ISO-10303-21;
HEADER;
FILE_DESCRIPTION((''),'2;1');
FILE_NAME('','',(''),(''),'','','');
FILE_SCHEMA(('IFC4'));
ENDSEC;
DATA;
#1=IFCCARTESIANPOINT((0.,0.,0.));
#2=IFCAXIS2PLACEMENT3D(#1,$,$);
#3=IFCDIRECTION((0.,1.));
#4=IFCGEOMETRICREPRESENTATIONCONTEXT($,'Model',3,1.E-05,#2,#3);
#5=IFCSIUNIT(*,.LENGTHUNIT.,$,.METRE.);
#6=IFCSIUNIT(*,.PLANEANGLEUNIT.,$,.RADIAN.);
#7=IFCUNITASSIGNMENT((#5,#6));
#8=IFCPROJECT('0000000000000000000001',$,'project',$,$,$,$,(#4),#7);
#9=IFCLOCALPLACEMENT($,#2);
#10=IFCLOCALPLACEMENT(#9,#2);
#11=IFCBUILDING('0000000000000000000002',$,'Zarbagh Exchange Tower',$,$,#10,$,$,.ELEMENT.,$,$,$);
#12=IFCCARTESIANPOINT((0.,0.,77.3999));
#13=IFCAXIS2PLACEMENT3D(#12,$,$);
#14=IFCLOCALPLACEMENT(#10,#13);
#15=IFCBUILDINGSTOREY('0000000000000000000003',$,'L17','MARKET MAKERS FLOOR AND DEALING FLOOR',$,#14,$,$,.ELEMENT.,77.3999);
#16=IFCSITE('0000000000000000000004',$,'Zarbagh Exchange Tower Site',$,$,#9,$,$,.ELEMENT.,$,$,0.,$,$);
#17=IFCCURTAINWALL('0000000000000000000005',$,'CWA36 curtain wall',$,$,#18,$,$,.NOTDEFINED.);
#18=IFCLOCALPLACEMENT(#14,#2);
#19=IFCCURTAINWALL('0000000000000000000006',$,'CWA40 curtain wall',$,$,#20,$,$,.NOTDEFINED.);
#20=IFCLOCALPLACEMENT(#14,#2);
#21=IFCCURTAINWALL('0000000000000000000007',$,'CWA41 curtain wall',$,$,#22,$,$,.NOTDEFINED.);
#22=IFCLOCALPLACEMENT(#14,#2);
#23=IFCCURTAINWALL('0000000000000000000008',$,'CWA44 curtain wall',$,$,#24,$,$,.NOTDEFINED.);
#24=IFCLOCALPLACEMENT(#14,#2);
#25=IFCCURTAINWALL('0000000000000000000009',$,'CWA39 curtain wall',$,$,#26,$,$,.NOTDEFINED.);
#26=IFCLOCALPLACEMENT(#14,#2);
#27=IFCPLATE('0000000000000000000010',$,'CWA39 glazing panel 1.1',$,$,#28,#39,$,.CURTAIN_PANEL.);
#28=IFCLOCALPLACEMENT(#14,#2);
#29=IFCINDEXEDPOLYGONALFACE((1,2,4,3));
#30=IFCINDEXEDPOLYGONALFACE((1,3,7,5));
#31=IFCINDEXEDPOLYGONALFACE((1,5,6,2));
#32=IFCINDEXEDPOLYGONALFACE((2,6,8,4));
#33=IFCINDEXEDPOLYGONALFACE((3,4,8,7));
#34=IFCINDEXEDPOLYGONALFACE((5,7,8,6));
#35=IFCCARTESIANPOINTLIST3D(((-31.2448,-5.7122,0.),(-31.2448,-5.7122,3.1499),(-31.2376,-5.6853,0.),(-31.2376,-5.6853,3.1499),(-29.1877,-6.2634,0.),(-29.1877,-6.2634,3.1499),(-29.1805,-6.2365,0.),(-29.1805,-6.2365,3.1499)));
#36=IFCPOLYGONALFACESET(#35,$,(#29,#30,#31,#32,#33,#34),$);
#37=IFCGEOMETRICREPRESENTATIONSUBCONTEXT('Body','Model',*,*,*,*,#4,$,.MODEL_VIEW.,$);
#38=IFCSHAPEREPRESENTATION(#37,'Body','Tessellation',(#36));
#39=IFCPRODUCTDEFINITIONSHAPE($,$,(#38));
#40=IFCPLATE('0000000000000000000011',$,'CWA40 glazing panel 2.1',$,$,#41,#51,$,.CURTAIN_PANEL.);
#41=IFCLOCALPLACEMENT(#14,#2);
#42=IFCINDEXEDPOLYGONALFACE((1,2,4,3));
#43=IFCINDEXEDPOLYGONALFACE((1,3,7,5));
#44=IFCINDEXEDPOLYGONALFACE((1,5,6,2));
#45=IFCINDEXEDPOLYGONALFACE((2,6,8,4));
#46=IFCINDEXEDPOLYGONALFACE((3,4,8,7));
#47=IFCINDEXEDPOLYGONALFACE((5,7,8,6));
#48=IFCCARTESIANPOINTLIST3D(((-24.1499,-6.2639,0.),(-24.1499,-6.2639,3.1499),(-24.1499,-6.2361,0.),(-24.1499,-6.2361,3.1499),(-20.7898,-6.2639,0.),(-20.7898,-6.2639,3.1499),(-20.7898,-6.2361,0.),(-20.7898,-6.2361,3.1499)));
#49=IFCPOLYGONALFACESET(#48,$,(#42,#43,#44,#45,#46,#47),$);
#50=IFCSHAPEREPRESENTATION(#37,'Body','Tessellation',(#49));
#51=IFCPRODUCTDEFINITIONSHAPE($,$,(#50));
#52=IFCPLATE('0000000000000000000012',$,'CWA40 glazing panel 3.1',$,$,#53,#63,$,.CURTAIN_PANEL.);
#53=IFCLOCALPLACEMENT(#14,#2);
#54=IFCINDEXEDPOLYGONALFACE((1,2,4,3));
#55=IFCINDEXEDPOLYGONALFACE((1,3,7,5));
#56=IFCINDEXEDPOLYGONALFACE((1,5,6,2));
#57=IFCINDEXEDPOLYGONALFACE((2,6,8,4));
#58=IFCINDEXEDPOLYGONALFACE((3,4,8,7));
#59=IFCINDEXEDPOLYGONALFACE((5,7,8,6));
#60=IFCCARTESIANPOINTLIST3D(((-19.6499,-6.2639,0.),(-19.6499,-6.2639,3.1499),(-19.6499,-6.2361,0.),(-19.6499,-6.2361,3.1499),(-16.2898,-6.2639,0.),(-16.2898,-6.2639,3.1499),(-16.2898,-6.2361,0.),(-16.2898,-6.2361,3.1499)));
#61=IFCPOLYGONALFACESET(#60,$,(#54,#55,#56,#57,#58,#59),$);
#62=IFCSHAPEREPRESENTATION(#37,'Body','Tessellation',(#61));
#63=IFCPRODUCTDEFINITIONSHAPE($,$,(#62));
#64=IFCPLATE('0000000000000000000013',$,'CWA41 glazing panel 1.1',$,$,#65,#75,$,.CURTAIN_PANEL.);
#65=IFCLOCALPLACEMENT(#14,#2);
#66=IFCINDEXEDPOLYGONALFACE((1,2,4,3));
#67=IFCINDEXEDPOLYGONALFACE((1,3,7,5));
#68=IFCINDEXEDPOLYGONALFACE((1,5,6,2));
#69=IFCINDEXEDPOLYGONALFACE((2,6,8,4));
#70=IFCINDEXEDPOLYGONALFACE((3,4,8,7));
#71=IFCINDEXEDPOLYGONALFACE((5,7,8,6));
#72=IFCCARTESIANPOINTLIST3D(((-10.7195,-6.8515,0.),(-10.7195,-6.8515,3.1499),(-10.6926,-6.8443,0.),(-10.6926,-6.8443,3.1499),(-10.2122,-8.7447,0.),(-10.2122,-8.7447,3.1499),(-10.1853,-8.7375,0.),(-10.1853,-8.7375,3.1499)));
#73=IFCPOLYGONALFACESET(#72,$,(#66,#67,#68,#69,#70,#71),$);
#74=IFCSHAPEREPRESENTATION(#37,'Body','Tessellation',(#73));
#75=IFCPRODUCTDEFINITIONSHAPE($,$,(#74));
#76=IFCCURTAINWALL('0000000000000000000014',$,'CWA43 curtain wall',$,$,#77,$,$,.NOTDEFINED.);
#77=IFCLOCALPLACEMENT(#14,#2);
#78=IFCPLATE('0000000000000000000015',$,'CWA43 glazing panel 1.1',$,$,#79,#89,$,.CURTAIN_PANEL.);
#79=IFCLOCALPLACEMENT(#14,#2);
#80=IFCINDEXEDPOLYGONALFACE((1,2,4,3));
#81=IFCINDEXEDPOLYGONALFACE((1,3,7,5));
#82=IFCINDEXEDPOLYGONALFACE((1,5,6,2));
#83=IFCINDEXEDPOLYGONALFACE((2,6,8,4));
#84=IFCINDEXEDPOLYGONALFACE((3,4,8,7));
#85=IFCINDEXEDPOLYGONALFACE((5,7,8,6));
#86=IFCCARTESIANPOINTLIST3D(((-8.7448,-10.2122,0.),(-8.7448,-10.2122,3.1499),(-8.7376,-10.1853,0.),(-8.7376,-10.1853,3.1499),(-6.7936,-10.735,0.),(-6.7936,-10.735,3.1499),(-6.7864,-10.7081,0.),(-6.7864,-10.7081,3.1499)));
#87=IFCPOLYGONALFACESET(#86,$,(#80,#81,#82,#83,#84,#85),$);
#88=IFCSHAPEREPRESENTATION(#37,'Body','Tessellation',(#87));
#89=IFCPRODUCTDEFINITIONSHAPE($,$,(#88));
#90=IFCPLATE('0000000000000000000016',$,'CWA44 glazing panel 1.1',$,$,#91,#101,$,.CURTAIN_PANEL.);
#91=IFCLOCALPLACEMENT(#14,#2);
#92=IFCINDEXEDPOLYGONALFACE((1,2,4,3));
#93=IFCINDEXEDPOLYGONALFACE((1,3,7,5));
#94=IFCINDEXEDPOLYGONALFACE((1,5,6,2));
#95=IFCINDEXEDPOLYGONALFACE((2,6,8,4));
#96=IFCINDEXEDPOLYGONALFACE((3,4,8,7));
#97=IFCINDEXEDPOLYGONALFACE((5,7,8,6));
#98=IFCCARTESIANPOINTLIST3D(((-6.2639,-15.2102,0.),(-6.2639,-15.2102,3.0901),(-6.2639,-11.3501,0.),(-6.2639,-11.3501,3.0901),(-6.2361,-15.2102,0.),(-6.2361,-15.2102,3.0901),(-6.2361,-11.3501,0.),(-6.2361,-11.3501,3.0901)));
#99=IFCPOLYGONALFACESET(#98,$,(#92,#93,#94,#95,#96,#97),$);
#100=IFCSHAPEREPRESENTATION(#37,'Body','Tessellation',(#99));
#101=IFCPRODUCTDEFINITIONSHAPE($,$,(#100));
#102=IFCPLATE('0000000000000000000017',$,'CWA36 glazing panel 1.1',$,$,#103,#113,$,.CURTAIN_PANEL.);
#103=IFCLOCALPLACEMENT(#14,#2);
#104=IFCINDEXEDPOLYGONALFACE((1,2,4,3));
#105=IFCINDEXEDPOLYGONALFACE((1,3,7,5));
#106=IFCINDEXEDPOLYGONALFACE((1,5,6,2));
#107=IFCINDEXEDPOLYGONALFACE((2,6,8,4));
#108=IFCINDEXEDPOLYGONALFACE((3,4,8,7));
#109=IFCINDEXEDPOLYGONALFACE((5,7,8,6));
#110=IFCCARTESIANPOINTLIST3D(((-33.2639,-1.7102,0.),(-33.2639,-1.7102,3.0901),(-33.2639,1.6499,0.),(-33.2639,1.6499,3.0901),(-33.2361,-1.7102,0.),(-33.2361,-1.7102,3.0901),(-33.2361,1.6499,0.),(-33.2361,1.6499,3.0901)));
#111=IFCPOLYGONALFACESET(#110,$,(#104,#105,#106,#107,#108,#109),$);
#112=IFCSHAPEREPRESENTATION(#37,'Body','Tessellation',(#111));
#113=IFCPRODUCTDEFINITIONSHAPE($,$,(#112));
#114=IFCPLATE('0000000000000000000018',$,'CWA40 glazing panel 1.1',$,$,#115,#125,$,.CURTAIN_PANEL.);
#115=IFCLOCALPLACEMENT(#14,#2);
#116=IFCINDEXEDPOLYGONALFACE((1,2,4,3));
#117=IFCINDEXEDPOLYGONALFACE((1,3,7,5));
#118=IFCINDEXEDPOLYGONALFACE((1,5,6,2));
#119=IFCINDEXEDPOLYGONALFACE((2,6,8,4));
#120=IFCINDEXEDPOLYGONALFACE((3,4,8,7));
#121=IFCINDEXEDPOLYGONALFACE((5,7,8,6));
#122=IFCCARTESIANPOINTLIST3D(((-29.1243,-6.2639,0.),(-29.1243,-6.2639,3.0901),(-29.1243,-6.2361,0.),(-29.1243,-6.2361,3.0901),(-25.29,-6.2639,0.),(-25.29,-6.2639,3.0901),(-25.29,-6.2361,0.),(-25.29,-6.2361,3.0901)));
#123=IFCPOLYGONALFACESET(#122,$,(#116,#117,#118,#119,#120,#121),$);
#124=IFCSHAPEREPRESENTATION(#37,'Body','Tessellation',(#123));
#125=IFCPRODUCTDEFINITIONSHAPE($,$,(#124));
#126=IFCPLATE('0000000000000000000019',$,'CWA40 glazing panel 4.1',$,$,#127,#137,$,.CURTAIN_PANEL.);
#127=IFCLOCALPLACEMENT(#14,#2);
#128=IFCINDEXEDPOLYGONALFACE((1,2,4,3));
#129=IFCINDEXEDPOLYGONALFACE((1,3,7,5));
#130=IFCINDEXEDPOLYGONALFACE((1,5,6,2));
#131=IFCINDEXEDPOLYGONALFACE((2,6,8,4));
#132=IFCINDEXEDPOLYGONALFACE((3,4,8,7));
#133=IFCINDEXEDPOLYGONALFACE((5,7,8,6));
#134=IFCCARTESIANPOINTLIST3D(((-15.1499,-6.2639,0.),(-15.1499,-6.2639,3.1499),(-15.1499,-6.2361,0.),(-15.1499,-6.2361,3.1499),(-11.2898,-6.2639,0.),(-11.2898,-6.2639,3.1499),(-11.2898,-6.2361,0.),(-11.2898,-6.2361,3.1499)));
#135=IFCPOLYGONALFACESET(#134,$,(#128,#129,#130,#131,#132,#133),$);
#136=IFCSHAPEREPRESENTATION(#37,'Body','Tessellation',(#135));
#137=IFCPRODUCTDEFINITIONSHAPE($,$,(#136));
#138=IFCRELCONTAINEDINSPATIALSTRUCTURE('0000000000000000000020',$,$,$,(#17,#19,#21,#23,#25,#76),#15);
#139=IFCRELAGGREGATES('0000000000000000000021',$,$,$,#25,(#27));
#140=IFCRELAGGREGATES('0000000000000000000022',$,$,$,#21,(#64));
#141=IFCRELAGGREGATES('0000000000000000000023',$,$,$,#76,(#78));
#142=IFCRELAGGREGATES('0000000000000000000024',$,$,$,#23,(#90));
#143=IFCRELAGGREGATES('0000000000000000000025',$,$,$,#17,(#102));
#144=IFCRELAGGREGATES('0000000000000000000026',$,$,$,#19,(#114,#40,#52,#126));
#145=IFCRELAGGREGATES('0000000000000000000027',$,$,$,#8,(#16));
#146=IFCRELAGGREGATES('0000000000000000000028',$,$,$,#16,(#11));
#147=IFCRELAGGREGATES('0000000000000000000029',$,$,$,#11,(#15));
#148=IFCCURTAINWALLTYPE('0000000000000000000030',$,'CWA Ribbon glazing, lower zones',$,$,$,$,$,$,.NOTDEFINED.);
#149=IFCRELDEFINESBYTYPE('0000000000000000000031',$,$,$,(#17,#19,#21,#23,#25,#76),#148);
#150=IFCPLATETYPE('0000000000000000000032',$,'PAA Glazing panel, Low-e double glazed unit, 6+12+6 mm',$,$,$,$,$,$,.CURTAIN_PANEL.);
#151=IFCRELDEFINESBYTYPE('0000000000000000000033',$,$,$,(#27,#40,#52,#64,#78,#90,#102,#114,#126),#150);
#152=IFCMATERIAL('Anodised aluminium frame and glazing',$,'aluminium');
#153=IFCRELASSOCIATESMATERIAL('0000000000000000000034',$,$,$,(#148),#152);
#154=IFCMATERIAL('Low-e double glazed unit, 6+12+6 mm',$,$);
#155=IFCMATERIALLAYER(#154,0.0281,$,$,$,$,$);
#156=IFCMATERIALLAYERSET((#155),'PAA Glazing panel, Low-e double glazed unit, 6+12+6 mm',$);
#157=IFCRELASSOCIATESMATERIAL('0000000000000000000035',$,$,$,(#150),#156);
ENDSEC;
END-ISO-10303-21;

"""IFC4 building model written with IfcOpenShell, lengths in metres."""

from ifc_helpers import new_model, si_unit, direction, frame, origin, place, context, subcontext, project, spatial, polyline, outline, extrude, source, transform, mapped, material, layer, layer_set, type_object, element, aggregate, save


model = new_model("IFC4")

# Units and contexts
model_context = context("Model", 3, precision=1e-05, world=origin(), true_north=direction((0.0, 1.0)))
body_context = subcontext(model_context, "Body", "Model", "MODEL_VIEW")
ifc_project = project(units=[si_unit("LENGTHUNIT", "METRE"), si_unit("PLANEANGLEUNIT", "RADIAN")], contexts=[model_context])

# Site, building, storey
site_placement = place(None, origin())
site = spatial("IfcSite", under=ifc_project, at=site_placement, Name="Zarbagh Exchange Tower Site", CompositionType="ELEMENT", RefElevation=0.0)
building_placement = place(site_placement, origin())
building = spatial("IfcBuilding", under=site, at=building_placement, Name="Zarbagh Exchange Tower", CompositionType="ELEMENT")
storey_placement = place(building_placement, frame((0.0, 0.0, 77.3999)))
storey = spatial("IfcBuildingStorey", under=building, at=storey_placement, Name="L17", Description="MARKET MAKERS FLOOR AND DEALING FLOOR", CompositionType="ELEMENT", Elevation=77.3999)

# Curtain wall
ifc_material_1 = material(Name="Anodised aluminium frame and glazing", Category="aluminium")
curtain_wall_type = type_object("IfcCurtainWallType", Name="CWA Ribbon glazing, lower zones", PredefinedType="NOTDEFINED", material=ifc_material_1)
curtain_wall_1_placement = place(storey_placement, origin())
curtain_wall_1 = element("IfcCurtainWall", 1, at=curtain_wall_1_placement, inside=storey, type_object=curtain_wall_type, Name="CWA36 curtain wall", PredefinedType="NOTDEFINED")
placement = place(storey_placement, origin())

# Curtain wall
curtain_wall_2_placement = place(storey_placement, origin())
curtain_wall_2 = element("IfcCurtainWall", 2, at=curtain_wall_2_placement, inside=storey, type_object=curtain_wall_type, Name="CWA40 curtain wall", PredefinedType="NOTDEFINED")

# Curtain wall
curtain_wall_3_placement = place(storey_placement, origin())
curtain_wall_3 = element("IfcCurtainWall", 3, at=curtain_wall_3_placement, inside=storey, type_object=curtain_wall_type, Name="CWA41 curtain wall", PredefinedType="NOTDEFINED")

# Curtain wall
curtain_wall_4_placement = place(storey_placement, origin())
curtain_wall_4 = element("IfcCurtainWall", 4, at=curtain_wall_4_placement, inside=storey, type_object=curtain_wall_type, Name="CWA44 curtain wall", PredefinedType="NOTDEFINED")

# Shared definitions
ifc_material_2 = material(Name="Low-e double glazed unit, 6+12+6 mm")
ifc_layer = layer(ifc_material_2, 0.0281)
ifc_layer_set = layer_set([ifc_layer], Name="PAA Glazing panel, Low-e double glazed unit, 6+12+6 mm")
plate_type = type_object("IfcPlateType", Name="PAA Glazing panel, Low-e double glazed unit, 6+12+6 mm", PredefinedType="CURTAIN_PANEL", material=ifc_layer_set)

# Curtain wall, plate
curtain_wall_5_placement = place(storey_placement, origin())
curtain_wall_5 = element("IfcCurtainWall", 5, at=curtain_wall_5_placement, inside=storey, type_object=curtain_wall_type, Name="CWA39 curtain wall", PredefinedType="NOTDEFINED")
shared_shape_1 = source(origin(), body_context, "Body", "SweptSolid", [
    extrude(outline(polyline([(0.0, -0.0139), (2.1296, -0.0139), (2.1296, 0.0139), (0.0, 0.0139), (0.0, -0.0139)])), origin(), (0.0, 0.0, 1.0), 3.1499),
])
plate_1 = element("IfcPlate", 6, at=placement, type_object=plate_type, Name="CWA39 glazing panel 1.1", PredefinedType="CURTAIN_PANEL", context=body_context, shape_type="MappedRepresentation", body=[
    mapped(shared_shape_1, transform((-31.2412, -5.6987, 0.0), x_axis=(0.965924, -0.258825, 0.0), y_axis=(0.258825, 0.965924, 0.0), z_axis=(0.0, 0.0, 1.0))),
])
aggregate(curtain_wall_5, [plate_1])

# Plates
shared_shape_2 = source(origin(), body_context, "Body", "SweptSolid", [
    extrude(outline(polyline([(0.0, -0.0139), (3.3601, -0.0139), (3.3601, 0.0139), (0.0, 0.0139), (0.0, -0.0139)])), origin(), (0.0, 0.0, 1.0), 3.1499),
])
plate_2 = element("IfcPlate", 7, at=placement, type_object=plate_type, Name="CWA40 glazing panel 2.1", PredefinedType="CURTAIN_PANEL", context=body_context, shape_type="MappedRepresentation", body=[
    mapped(shared_shape_2, transform((-24.1499, -6.25, 0.0), x_axis=(1.0, 0.0, 0.0), y_axis=(0.0, 1.0, 0.0), z_axis=(0.0, 0.0, 1.0))),
])
plate_3 = element("IfcPlate", 8, at=placement, type_object=plate_type, Name="CWA40 glazing panel 3.1", PredefinedType="CURTAIN_PANEL", context=body_context, shape_type="MappedRepresentation", body=[
    mapped(shared_shape_2, transform((-19.6499, -6.25, 0.0), x_axis=(1.0, 0.0, 0.0), y_axis=(0.0, 1.0, 0.0), z_axis=(0.0, 0.0, 1.0))),
])
shared_shape_3 = source(origin(), body_context, "Body", "SweptSolid", [
    extrude(outline(polyline([(0.0, -0.0139), (1.96, -0.0139), (1.96, 0.0139), (0.0, 0.0139), (0.0, -0.0139)])), origin(), (0.0, 0.0, 1.0), 3.1499),
])
plate_4 = element("IfcPlate", 9, at=placement, type_object=plate_type, Name="CWA41 glazing panel 1.1", PredefinedType="CURTAIN_PANEL", context=body_context, shape_type="MappedRepresentation", body=[
    mapped(shared_shape_3, transform((-10.7061, -6.8479, 0.0), x_axis=(0.258825, -0.965924, 0.0), y_axis=(0.965924, 0.258825, 0.0), z_axis=(0.0, 0.0, 1.0))),
])
aggregate(curtain_wall_3, [plate_4])

# Curtain wall, plate
curtain_wall_6_placement = place(storey_placement, origin())
curtain_wall_6 = element("IfcCurtainWall", 10, at=curtain_wall_6_placement, inside=storey, type_object=curtain_wall_type, Name="CWA43 curtain wall", PredefinedType="NOTDEFINED")
shared_shape_4 = source(origin(), body_context, "Body", "SweptSolid", [
    extrude(outline(polyline([(0.0, -0.0139), (2.02, -0.0139), (2.02, 0.0139), (0.0, 0.0139), (0.0, -0.0139)])), origin(), (0.0, 0.0, 1.0), 3.1499),
])
plate_5 = element("IfcPlate", 11, at=placement, type_object=plate_type, Name="CWA43 glazing panel 1.1", PredefinedType="CURTAIN_PANEL", context=body_context, shape_type="MappedRepresentation", body=[
    mapped(shared_shape_4, transform((-8.7412, -10.1987, 0.0), x_axis=(0.965924, -0.258825, 0.0), y_axis=(0.258825, 0.965924, 0.0), z_axis=(0.0, 0.0, 1.0))),
])
aggregate(curtain_wall_6, [plate_5])

# Plates
shared_shape_5 = source(origin(), body_context, "Body", "SweptSolid", [
    extrude(outline(polyline([(0.0, -0.0139), (3.8601, -0.0139), (3.8601, 0.0139), (0.0, 0.0139), (0.0, -0.0139)])), origin(), (0.0, 0.0, 1.0), 3.0901),
])
plate_6 = element("IfcPlate", 12, at=placement, type_object=plate_type, Name="CWA44 glazing panel 1.1", PredefinedType="CURTAIN_PANEL", context=body_context, shape_type="MappedRepresentation", body=[
    mapped(shared_shape_5, transform((-6.25, -11.3501, 0.0), x_axis=(0.0, -1.0, 0.0), y_axis=(1.0, 0.0, 0.0), z_axis=(0.0, 0.0, 1.0))),
])
aggregate(curtain_wall_4, [plate_6])
shared_shape_6 = source(origin(), body_context, "Body", "SweptSolid", [
    extrude(outline(polyline([(0.0, -0.0139), (3.3601, -0.0139), (3.3601, 0.0139), (0.0, 0.0139), (0.0, -0.0139)])), origin(), (0.0, 0.0, 1.0), 3.0901),
])
plate_7 = element("IfcPlate", 13, at=placement, type_object=plate_type, Name="CWA36 glazing panel 1.1", PredefinedType="CURTAIN_PANEL", context=body_context, shape_type="MappedRepresentation", body=[
    mapped(shared_shape_6, transform((-33.25, 1.6499, 0.0), x_axis=(0.0, -1.0, 0.0), y_axis=(1.0, 0.0, 0.0), z_axis=(0.0, 0.0, 1.0))),
])
aggregate(curtain_wall_1, [plate_7])
shared_shape_7 = source(origin(), body_context, "Body", "SweptSolid", [
    extrude(outline(polyline([(0.0, -0.0139), (3.8342, -0.0139), (3.8342, 0.0139), (0.0, 0.0139), (0.0, -0.0139)])), origin(), (0.0, 0.0, 1.0), 3.0901),
])
plate_8 = element("IfcPlate", 14, at=placement, type_object=plate_type, Name="CWA40 glazing panel 1.1", PredefinedType="CURTAIN_PANEL", context=body_context, shape_type="MappedRepresentation", body=[
    mapped(shared_shape_7, transform((-29.1243, -6.25, 0.0), x_axis=(1.0, 0.0, 0.0), y_axis=(0.0, 1.0, 0.0), z_axis=(0.0, 0.0, 1.0))),
])
shared_shape_8 = source(origin(), body_context, "Body", "SweptSolid", [
    extrude(outline(polyline([(0.0, -0.0139), (3.8601, -0.0139), (3.8601, 0.0139), (0.0, 0.0139), (0.0, -0.0139)])), origin(), (0.0, 0.0, 1.0), 3.1499),
])
plate_9 = element("IfcPlate", 15, at=placement, type_object=plate_type, Name="CWA40 glazing panel 4.1", PredefinedType="CURTAIN_PANEL", context=body_context, shape_type="MappedRepresentation", body=[
    mapped(shared_shape_8, transform((-15.1499, -6.25, 0.0), x_axis=(1.0, 0.0, 0.0), y_axis=(0.0, 1.0, 0.0), z_axis=(0.0, 0.0, 1.0))),
])
aggregate(curtain_wall_2, [plate_8, plate_2, plate_3, plate_9])

save(model, "model.ifc")
